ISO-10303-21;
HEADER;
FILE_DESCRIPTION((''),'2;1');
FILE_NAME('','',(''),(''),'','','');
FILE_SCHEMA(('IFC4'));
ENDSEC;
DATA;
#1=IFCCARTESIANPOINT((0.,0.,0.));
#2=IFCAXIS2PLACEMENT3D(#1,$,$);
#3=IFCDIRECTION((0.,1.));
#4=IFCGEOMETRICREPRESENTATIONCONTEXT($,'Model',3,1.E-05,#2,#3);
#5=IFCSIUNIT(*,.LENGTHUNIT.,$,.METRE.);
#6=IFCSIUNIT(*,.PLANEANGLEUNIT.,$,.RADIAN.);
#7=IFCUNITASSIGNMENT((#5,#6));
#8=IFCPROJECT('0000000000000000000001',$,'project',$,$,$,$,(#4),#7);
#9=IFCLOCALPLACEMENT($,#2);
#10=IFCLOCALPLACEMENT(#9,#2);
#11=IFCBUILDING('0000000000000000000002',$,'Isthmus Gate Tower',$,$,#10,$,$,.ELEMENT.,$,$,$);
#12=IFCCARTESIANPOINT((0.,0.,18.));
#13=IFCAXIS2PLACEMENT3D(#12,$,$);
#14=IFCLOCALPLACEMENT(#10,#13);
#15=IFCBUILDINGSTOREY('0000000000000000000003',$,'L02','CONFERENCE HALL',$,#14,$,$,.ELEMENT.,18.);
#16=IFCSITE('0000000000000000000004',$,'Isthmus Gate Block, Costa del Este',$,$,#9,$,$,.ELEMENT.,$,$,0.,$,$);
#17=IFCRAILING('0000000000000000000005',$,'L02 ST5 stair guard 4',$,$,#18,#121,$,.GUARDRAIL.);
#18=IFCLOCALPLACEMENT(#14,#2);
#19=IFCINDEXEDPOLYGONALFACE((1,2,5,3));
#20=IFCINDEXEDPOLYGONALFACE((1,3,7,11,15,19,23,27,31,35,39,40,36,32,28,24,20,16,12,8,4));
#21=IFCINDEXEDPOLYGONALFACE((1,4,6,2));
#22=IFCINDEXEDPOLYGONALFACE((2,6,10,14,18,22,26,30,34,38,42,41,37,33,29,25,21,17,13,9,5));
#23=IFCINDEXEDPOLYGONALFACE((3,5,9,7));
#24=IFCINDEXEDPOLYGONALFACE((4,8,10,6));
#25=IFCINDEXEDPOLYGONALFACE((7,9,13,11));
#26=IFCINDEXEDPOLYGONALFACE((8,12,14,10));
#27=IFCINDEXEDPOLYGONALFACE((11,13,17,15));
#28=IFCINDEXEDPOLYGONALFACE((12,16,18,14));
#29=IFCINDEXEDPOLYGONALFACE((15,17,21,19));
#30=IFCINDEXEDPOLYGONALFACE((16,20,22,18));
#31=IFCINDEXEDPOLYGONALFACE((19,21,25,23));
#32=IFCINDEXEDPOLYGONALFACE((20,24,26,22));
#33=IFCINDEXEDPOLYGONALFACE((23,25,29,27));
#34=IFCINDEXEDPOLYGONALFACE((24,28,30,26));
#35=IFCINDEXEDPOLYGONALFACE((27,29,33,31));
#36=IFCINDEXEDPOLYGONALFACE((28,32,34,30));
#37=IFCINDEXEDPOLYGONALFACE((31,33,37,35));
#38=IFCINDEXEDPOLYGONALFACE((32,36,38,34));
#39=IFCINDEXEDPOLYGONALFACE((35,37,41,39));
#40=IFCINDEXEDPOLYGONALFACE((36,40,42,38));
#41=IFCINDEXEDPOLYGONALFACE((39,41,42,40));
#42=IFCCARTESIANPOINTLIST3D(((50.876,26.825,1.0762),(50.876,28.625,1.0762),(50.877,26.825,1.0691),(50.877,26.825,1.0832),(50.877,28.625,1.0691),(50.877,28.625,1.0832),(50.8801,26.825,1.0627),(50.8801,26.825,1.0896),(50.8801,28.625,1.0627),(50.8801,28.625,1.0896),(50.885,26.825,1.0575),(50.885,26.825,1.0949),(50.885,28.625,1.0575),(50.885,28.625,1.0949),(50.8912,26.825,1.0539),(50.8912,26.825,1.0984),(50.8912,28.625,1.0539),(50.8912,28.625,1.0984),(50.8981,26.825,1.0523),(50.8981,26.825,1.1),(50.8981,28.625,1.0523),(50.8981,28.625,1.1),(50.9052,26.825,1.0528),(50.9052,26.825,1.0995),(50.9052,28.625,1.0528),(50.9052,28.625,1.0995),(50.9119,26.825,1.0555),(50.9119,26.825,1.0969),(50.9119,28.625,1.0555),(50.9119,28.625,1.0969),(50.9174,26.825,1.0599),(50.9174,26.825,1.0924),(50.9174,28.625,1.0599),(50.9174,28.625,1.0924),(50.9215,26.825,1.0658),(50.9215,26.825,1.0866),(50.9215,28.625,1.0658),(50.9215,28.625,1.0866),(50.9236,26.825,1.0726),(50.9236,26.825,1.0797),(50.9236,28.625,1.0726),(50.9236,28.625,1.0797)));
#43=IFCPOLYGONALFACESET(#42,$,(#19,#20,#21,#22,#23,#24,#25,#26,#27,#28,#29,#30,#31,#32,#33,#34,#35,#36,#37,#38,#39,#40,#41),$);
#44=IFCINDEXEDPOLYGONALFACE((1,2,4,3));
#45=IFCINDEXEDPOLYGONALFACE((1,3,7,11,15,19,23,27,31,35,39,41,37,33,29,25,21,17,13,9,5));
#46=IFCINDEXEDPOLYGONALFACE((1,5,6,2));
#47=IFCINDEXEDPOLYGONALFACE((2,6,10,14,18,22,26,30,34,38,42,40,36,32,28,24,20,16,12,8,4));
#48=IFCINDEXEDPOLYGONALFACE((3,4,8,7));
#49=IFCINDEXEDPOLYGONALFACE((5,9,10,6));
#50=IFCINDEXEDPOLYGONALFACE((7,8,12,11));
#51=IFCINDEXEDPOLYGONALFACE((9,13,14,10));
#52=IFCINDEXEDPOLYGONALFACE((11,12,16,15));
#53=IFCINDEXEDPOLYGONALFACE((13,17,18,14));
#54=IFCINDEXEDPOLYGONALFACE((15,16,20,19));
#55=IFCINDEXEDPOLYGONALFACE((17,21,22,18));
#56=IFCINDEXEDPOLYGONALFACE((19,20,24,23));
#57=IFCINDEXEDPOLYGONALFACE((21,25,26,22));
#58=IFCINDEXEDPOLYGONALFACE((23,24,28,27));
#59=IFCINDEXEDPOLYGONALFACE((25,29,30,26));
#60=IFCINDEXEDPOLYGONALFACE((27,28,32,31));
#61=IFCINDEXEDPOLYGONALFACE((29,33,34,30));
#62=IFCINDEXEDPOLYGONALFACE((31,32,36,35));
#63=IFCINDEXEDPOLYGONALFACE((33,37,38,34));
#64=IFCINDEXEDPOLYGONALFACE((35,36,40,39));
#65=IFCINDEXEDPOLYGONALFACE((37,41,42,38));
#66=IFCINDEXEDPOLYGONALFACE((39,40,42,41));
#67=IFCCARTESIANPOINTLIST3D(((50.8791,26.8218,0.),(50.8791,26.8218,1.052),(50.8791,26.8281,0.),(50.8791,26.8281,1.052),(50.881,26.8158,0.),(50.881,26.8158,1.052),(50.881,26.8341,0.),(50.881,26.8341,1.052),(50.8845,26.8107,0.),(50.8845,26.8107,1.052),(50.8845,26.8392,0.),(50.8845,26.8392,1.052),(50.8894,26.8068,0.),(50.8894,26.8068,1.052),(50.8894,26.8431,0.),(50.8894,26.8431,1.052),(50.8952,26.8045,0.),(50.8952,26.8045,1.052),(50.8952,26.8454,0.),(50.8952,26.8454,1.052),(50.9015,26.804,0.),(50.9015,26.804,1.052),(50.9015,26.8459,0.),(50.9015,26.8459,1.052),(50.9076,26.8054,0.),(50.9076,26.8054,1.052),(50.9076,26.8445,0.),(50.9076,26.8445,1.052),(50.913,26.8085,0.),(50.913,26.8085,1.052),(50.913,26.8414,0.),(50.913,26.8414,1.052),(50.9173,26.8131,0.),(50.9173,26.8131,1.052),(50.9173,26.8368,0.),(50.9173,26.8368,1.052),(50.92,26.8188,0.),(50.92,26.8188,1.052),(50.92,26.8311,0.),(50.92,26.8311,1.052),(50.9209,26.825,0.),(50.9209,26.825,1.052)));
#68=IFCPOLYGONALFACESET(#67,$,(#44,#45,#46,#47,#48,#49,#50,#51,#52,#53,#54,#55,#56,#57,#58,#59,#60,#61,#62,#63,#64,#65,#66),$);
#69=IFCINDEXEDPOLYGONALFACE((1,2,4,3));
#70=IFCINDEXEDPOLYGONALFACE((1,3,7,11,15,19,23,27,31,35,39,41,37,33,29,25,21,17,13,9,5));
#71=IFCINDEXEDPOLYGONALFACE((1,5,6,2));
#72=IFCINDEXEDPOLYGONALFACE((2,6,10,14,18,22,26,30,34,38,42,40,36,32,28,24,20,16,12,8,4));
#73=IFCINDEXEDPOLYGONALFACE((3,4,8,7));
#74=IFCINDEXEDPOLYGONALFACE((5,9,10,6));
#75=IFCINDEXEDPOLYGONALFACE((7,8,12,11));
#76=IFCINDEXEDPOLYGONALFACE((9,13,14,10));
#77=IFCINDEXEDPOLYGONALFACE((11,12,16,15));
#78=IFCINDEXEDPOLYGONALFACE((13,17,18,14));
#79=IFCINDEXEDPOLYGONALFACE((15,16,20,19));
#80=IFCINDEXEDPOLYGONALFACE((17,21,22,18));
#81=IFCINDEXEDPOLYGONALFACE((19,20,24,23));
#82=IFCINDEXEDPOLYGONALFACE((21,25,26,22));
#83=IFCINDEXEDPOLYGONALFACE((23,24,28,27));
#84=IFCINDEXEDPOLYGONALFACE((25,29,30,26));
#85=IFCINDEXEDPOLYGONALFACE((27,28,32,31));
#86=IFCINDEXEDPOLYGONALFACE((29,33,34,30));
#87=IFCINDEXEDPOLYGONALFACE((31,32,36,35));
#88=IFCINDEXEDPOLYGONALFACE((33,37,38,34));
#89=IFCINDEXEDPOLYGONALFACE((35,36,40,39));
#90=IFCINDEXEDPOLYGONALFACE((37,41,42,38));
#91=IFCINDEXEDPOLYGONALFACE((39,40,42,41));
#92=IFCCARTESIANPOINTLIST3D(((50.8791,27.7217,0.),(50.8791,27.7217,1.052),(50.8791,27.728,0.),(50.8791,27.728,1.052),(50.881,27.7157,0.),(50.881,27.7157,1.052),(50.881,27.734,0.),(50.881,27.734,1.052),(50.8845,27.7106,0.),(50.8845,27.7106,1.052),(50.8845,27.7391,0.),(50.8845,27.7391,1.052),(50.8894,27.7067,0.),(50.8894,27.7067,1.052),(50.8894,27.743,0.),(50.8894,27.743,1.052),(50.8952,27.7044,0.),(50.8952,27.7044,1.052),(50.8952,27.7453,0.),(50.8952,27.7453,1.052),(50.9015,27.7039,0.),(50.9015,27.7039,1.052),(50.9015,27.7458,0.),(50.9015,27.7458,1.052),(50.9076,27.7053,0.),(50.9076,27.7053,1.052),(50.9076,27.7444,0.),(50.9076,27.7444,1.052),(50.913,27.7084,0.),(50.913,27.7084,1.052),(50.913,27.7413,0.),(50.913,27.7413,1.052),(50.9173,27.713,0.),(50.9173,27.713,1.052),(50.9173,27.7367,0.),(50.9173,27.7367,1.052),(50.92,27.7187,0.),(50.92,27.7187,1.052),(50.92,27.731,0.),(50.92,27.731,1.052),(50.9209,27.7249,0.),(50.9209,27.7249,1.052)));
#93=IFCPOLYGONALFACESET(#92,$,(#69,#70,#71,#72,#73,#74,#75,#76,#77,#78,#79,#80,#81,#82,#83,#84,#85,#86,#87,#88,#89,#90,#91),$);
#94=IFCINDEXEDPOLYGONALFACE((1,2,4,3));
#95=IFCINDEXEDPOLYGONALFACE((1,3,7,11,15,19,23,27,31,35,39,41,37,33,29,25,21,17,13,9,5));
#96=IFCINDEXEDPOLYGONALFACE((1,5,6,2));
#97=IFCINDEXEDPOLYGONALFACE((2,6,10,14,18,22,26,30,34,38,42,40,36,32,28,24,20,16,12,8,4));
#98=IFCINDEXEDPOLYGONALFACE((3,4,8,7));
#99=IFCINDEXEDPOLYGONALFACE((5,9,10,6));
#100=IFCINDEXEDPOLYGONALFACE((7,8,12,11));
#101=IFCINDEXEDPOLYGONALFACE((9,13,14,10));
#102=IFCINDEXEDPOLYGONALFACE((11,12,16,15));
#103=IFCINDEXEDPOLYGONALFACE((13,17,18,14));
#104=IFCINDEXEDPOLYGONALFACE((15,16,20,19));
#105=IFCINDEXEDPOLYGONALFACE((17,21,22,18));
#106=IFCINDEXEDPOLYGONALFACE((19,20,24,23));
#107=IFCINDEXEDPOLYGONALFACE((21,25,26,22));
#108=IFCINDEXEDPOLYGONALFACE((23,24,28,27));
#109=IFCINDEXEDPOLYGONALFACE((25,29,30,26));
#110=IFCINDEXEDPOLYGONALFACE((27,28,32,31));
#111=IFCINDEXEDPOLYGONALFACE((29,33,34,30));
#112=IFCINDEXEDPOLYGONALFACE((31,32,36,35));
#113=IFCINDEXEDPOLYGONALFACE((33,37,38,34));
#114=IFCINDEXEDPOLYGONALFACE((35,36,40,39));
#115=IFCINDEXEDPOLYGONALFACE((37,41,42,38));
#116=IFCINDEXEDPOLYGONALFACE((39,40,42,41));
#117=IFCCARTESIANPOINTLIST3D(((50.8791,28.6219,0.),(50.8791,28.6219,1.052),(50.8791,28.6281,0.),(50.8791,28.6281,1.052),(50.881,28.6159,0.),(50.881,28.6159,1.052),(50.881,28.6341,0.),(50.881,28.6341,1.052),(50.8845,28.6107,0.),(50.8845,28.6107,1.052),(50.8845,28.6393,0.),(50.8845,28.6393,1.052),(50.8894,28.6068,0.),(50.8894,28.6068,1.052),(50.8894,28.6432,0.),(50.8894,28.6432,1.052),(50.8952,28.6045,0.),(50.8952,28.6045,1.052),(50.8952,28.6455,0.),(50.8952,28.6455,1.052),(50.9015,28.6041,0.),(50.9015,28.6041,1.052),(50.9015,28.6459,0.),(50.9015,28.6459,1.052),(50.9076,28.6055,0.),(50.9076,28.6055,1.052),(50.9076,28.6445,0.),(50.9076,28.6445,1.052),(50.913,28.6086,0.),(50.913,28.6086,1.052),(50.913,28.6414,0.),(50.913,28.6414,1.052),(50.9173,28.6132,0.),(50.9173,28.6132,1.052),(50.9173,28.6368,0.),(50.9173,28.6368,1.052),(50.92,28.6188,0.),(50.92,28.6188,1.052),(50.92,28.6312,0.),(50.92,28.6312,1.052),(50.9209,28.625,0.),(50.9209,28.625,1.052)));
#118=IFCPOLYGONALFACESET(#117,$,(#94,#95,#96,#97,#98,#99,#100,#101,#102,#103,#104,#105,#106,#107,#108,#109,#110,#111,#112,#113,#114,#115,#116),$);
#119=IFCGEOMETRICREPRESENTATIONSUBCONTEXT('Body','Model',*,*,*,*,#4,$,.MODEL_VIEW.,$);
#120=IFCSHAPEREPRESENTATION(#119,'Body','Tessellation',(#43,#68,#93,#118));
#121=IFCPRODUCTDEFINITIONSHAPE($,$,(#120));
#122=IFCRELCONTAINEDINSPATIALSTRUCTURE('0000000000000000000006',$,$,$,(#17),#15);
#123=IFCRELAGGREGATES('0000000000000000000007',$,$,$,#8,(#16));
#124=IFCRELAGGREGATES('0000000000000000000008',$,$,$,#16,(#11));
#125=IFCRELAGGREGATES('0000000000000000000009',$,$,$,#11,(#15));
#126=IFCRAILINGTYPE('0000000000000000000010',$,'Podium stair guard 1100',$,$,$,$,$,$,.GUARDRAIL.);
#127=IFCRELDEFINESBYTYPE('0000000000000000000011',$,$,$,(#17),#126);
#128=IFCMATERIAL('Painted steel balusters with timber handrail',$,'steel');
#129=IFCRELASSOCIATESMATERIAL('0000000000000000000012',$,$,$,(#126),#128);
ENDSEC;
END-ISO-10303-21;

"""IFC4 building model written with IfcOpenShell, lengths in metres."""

from ifc_helpers import new_model, si_unit, direction, frame, origin, origin_2d, place, context, subcontext, project, spatial, circle, extrude, material, type_object, element, save


model = new_model("IFC4")

# Units and contexts
model_context = context("Model", 3, precision=1e-05, world=origin(), true_north=direction((0.0, 1.0)))
body_context = subcontext(model_context, "Body", "Model", "MODEL_VIEW")
ifc_project = project(units=[si_unit("LENGTHUNIT", "METRE"), si_unit("PLANEANGLEUNIT", "RADIAN")], contexts=[model_context])

# Site, building, storey
site_placement = place(None, origin())
site = spatial("IfcSite", under=ifc_project, at=site_placement, Name="Isthmus Gate Block, Costa del Este", CompositionType="ELEMENT", RefElevation=0.0)
building_placement = place(site_placement, origin())
building = spatial("IfcBuilding", under=site, at=building_placement, Name="Isthmus Gate Tower", CompositionType="ELEMENT")
storey_placement = place(building_placement, frame((0.0, 0.0, 18.0)))
storey = spatial("IfcBuildingStorey", under=building, at=storey_placement, Name="L02", Description="CONFERENCE HALL", CompositionType="ELEMENT", Elevation=18.0)

# Railing
ifc_material_1 = material(Name="Painted steel balusters with timber handrail", Category="steel")
railing_type_1 = type_object("IfcRailingType", Name="Podium stair guard 1100", PredefinedType="GUARDRAIL", material=ifc_material_1)
railing_1_placement = place(storey_placement, frame((50.8999, 26.825, 0.0)))
element("IfcRailing", 1, at=railing_1_placement, inside=storey, type_object=railing_type_1, Name="L02 ST5 stair guard 4", PredefinedType="GUARDRAIL", context=body_context, shape_type="SweptSolid", body=[
    extrude(circle(Radius=0.0239, at=origin_2d()), frame((0.0, 0.0, 1.0762), z_axis=(0.0, 1.0, 0.0), x_axis=(-1.0, 0.0, 0.0)), (0.0, 0.0, 1.0), 1.8),
    extrude(circle(Radius=0.021, at=origin_2d()), origin(), (0.0, 0.0, 1.0), 1.052),
    extrude(circle(Radius=0.021, at=origin_2d()), frame((0.0, 0.8999, 0.0)), (0.0, 0.0, 1.0), 1.052),
    extrude(circle(Radius=0.021, at=origin_2d()), frame((0.0, 1.8, 0.0)), (0.0, 0.0, 1.0), 1.052),
])

save(model, "model.ifc")
